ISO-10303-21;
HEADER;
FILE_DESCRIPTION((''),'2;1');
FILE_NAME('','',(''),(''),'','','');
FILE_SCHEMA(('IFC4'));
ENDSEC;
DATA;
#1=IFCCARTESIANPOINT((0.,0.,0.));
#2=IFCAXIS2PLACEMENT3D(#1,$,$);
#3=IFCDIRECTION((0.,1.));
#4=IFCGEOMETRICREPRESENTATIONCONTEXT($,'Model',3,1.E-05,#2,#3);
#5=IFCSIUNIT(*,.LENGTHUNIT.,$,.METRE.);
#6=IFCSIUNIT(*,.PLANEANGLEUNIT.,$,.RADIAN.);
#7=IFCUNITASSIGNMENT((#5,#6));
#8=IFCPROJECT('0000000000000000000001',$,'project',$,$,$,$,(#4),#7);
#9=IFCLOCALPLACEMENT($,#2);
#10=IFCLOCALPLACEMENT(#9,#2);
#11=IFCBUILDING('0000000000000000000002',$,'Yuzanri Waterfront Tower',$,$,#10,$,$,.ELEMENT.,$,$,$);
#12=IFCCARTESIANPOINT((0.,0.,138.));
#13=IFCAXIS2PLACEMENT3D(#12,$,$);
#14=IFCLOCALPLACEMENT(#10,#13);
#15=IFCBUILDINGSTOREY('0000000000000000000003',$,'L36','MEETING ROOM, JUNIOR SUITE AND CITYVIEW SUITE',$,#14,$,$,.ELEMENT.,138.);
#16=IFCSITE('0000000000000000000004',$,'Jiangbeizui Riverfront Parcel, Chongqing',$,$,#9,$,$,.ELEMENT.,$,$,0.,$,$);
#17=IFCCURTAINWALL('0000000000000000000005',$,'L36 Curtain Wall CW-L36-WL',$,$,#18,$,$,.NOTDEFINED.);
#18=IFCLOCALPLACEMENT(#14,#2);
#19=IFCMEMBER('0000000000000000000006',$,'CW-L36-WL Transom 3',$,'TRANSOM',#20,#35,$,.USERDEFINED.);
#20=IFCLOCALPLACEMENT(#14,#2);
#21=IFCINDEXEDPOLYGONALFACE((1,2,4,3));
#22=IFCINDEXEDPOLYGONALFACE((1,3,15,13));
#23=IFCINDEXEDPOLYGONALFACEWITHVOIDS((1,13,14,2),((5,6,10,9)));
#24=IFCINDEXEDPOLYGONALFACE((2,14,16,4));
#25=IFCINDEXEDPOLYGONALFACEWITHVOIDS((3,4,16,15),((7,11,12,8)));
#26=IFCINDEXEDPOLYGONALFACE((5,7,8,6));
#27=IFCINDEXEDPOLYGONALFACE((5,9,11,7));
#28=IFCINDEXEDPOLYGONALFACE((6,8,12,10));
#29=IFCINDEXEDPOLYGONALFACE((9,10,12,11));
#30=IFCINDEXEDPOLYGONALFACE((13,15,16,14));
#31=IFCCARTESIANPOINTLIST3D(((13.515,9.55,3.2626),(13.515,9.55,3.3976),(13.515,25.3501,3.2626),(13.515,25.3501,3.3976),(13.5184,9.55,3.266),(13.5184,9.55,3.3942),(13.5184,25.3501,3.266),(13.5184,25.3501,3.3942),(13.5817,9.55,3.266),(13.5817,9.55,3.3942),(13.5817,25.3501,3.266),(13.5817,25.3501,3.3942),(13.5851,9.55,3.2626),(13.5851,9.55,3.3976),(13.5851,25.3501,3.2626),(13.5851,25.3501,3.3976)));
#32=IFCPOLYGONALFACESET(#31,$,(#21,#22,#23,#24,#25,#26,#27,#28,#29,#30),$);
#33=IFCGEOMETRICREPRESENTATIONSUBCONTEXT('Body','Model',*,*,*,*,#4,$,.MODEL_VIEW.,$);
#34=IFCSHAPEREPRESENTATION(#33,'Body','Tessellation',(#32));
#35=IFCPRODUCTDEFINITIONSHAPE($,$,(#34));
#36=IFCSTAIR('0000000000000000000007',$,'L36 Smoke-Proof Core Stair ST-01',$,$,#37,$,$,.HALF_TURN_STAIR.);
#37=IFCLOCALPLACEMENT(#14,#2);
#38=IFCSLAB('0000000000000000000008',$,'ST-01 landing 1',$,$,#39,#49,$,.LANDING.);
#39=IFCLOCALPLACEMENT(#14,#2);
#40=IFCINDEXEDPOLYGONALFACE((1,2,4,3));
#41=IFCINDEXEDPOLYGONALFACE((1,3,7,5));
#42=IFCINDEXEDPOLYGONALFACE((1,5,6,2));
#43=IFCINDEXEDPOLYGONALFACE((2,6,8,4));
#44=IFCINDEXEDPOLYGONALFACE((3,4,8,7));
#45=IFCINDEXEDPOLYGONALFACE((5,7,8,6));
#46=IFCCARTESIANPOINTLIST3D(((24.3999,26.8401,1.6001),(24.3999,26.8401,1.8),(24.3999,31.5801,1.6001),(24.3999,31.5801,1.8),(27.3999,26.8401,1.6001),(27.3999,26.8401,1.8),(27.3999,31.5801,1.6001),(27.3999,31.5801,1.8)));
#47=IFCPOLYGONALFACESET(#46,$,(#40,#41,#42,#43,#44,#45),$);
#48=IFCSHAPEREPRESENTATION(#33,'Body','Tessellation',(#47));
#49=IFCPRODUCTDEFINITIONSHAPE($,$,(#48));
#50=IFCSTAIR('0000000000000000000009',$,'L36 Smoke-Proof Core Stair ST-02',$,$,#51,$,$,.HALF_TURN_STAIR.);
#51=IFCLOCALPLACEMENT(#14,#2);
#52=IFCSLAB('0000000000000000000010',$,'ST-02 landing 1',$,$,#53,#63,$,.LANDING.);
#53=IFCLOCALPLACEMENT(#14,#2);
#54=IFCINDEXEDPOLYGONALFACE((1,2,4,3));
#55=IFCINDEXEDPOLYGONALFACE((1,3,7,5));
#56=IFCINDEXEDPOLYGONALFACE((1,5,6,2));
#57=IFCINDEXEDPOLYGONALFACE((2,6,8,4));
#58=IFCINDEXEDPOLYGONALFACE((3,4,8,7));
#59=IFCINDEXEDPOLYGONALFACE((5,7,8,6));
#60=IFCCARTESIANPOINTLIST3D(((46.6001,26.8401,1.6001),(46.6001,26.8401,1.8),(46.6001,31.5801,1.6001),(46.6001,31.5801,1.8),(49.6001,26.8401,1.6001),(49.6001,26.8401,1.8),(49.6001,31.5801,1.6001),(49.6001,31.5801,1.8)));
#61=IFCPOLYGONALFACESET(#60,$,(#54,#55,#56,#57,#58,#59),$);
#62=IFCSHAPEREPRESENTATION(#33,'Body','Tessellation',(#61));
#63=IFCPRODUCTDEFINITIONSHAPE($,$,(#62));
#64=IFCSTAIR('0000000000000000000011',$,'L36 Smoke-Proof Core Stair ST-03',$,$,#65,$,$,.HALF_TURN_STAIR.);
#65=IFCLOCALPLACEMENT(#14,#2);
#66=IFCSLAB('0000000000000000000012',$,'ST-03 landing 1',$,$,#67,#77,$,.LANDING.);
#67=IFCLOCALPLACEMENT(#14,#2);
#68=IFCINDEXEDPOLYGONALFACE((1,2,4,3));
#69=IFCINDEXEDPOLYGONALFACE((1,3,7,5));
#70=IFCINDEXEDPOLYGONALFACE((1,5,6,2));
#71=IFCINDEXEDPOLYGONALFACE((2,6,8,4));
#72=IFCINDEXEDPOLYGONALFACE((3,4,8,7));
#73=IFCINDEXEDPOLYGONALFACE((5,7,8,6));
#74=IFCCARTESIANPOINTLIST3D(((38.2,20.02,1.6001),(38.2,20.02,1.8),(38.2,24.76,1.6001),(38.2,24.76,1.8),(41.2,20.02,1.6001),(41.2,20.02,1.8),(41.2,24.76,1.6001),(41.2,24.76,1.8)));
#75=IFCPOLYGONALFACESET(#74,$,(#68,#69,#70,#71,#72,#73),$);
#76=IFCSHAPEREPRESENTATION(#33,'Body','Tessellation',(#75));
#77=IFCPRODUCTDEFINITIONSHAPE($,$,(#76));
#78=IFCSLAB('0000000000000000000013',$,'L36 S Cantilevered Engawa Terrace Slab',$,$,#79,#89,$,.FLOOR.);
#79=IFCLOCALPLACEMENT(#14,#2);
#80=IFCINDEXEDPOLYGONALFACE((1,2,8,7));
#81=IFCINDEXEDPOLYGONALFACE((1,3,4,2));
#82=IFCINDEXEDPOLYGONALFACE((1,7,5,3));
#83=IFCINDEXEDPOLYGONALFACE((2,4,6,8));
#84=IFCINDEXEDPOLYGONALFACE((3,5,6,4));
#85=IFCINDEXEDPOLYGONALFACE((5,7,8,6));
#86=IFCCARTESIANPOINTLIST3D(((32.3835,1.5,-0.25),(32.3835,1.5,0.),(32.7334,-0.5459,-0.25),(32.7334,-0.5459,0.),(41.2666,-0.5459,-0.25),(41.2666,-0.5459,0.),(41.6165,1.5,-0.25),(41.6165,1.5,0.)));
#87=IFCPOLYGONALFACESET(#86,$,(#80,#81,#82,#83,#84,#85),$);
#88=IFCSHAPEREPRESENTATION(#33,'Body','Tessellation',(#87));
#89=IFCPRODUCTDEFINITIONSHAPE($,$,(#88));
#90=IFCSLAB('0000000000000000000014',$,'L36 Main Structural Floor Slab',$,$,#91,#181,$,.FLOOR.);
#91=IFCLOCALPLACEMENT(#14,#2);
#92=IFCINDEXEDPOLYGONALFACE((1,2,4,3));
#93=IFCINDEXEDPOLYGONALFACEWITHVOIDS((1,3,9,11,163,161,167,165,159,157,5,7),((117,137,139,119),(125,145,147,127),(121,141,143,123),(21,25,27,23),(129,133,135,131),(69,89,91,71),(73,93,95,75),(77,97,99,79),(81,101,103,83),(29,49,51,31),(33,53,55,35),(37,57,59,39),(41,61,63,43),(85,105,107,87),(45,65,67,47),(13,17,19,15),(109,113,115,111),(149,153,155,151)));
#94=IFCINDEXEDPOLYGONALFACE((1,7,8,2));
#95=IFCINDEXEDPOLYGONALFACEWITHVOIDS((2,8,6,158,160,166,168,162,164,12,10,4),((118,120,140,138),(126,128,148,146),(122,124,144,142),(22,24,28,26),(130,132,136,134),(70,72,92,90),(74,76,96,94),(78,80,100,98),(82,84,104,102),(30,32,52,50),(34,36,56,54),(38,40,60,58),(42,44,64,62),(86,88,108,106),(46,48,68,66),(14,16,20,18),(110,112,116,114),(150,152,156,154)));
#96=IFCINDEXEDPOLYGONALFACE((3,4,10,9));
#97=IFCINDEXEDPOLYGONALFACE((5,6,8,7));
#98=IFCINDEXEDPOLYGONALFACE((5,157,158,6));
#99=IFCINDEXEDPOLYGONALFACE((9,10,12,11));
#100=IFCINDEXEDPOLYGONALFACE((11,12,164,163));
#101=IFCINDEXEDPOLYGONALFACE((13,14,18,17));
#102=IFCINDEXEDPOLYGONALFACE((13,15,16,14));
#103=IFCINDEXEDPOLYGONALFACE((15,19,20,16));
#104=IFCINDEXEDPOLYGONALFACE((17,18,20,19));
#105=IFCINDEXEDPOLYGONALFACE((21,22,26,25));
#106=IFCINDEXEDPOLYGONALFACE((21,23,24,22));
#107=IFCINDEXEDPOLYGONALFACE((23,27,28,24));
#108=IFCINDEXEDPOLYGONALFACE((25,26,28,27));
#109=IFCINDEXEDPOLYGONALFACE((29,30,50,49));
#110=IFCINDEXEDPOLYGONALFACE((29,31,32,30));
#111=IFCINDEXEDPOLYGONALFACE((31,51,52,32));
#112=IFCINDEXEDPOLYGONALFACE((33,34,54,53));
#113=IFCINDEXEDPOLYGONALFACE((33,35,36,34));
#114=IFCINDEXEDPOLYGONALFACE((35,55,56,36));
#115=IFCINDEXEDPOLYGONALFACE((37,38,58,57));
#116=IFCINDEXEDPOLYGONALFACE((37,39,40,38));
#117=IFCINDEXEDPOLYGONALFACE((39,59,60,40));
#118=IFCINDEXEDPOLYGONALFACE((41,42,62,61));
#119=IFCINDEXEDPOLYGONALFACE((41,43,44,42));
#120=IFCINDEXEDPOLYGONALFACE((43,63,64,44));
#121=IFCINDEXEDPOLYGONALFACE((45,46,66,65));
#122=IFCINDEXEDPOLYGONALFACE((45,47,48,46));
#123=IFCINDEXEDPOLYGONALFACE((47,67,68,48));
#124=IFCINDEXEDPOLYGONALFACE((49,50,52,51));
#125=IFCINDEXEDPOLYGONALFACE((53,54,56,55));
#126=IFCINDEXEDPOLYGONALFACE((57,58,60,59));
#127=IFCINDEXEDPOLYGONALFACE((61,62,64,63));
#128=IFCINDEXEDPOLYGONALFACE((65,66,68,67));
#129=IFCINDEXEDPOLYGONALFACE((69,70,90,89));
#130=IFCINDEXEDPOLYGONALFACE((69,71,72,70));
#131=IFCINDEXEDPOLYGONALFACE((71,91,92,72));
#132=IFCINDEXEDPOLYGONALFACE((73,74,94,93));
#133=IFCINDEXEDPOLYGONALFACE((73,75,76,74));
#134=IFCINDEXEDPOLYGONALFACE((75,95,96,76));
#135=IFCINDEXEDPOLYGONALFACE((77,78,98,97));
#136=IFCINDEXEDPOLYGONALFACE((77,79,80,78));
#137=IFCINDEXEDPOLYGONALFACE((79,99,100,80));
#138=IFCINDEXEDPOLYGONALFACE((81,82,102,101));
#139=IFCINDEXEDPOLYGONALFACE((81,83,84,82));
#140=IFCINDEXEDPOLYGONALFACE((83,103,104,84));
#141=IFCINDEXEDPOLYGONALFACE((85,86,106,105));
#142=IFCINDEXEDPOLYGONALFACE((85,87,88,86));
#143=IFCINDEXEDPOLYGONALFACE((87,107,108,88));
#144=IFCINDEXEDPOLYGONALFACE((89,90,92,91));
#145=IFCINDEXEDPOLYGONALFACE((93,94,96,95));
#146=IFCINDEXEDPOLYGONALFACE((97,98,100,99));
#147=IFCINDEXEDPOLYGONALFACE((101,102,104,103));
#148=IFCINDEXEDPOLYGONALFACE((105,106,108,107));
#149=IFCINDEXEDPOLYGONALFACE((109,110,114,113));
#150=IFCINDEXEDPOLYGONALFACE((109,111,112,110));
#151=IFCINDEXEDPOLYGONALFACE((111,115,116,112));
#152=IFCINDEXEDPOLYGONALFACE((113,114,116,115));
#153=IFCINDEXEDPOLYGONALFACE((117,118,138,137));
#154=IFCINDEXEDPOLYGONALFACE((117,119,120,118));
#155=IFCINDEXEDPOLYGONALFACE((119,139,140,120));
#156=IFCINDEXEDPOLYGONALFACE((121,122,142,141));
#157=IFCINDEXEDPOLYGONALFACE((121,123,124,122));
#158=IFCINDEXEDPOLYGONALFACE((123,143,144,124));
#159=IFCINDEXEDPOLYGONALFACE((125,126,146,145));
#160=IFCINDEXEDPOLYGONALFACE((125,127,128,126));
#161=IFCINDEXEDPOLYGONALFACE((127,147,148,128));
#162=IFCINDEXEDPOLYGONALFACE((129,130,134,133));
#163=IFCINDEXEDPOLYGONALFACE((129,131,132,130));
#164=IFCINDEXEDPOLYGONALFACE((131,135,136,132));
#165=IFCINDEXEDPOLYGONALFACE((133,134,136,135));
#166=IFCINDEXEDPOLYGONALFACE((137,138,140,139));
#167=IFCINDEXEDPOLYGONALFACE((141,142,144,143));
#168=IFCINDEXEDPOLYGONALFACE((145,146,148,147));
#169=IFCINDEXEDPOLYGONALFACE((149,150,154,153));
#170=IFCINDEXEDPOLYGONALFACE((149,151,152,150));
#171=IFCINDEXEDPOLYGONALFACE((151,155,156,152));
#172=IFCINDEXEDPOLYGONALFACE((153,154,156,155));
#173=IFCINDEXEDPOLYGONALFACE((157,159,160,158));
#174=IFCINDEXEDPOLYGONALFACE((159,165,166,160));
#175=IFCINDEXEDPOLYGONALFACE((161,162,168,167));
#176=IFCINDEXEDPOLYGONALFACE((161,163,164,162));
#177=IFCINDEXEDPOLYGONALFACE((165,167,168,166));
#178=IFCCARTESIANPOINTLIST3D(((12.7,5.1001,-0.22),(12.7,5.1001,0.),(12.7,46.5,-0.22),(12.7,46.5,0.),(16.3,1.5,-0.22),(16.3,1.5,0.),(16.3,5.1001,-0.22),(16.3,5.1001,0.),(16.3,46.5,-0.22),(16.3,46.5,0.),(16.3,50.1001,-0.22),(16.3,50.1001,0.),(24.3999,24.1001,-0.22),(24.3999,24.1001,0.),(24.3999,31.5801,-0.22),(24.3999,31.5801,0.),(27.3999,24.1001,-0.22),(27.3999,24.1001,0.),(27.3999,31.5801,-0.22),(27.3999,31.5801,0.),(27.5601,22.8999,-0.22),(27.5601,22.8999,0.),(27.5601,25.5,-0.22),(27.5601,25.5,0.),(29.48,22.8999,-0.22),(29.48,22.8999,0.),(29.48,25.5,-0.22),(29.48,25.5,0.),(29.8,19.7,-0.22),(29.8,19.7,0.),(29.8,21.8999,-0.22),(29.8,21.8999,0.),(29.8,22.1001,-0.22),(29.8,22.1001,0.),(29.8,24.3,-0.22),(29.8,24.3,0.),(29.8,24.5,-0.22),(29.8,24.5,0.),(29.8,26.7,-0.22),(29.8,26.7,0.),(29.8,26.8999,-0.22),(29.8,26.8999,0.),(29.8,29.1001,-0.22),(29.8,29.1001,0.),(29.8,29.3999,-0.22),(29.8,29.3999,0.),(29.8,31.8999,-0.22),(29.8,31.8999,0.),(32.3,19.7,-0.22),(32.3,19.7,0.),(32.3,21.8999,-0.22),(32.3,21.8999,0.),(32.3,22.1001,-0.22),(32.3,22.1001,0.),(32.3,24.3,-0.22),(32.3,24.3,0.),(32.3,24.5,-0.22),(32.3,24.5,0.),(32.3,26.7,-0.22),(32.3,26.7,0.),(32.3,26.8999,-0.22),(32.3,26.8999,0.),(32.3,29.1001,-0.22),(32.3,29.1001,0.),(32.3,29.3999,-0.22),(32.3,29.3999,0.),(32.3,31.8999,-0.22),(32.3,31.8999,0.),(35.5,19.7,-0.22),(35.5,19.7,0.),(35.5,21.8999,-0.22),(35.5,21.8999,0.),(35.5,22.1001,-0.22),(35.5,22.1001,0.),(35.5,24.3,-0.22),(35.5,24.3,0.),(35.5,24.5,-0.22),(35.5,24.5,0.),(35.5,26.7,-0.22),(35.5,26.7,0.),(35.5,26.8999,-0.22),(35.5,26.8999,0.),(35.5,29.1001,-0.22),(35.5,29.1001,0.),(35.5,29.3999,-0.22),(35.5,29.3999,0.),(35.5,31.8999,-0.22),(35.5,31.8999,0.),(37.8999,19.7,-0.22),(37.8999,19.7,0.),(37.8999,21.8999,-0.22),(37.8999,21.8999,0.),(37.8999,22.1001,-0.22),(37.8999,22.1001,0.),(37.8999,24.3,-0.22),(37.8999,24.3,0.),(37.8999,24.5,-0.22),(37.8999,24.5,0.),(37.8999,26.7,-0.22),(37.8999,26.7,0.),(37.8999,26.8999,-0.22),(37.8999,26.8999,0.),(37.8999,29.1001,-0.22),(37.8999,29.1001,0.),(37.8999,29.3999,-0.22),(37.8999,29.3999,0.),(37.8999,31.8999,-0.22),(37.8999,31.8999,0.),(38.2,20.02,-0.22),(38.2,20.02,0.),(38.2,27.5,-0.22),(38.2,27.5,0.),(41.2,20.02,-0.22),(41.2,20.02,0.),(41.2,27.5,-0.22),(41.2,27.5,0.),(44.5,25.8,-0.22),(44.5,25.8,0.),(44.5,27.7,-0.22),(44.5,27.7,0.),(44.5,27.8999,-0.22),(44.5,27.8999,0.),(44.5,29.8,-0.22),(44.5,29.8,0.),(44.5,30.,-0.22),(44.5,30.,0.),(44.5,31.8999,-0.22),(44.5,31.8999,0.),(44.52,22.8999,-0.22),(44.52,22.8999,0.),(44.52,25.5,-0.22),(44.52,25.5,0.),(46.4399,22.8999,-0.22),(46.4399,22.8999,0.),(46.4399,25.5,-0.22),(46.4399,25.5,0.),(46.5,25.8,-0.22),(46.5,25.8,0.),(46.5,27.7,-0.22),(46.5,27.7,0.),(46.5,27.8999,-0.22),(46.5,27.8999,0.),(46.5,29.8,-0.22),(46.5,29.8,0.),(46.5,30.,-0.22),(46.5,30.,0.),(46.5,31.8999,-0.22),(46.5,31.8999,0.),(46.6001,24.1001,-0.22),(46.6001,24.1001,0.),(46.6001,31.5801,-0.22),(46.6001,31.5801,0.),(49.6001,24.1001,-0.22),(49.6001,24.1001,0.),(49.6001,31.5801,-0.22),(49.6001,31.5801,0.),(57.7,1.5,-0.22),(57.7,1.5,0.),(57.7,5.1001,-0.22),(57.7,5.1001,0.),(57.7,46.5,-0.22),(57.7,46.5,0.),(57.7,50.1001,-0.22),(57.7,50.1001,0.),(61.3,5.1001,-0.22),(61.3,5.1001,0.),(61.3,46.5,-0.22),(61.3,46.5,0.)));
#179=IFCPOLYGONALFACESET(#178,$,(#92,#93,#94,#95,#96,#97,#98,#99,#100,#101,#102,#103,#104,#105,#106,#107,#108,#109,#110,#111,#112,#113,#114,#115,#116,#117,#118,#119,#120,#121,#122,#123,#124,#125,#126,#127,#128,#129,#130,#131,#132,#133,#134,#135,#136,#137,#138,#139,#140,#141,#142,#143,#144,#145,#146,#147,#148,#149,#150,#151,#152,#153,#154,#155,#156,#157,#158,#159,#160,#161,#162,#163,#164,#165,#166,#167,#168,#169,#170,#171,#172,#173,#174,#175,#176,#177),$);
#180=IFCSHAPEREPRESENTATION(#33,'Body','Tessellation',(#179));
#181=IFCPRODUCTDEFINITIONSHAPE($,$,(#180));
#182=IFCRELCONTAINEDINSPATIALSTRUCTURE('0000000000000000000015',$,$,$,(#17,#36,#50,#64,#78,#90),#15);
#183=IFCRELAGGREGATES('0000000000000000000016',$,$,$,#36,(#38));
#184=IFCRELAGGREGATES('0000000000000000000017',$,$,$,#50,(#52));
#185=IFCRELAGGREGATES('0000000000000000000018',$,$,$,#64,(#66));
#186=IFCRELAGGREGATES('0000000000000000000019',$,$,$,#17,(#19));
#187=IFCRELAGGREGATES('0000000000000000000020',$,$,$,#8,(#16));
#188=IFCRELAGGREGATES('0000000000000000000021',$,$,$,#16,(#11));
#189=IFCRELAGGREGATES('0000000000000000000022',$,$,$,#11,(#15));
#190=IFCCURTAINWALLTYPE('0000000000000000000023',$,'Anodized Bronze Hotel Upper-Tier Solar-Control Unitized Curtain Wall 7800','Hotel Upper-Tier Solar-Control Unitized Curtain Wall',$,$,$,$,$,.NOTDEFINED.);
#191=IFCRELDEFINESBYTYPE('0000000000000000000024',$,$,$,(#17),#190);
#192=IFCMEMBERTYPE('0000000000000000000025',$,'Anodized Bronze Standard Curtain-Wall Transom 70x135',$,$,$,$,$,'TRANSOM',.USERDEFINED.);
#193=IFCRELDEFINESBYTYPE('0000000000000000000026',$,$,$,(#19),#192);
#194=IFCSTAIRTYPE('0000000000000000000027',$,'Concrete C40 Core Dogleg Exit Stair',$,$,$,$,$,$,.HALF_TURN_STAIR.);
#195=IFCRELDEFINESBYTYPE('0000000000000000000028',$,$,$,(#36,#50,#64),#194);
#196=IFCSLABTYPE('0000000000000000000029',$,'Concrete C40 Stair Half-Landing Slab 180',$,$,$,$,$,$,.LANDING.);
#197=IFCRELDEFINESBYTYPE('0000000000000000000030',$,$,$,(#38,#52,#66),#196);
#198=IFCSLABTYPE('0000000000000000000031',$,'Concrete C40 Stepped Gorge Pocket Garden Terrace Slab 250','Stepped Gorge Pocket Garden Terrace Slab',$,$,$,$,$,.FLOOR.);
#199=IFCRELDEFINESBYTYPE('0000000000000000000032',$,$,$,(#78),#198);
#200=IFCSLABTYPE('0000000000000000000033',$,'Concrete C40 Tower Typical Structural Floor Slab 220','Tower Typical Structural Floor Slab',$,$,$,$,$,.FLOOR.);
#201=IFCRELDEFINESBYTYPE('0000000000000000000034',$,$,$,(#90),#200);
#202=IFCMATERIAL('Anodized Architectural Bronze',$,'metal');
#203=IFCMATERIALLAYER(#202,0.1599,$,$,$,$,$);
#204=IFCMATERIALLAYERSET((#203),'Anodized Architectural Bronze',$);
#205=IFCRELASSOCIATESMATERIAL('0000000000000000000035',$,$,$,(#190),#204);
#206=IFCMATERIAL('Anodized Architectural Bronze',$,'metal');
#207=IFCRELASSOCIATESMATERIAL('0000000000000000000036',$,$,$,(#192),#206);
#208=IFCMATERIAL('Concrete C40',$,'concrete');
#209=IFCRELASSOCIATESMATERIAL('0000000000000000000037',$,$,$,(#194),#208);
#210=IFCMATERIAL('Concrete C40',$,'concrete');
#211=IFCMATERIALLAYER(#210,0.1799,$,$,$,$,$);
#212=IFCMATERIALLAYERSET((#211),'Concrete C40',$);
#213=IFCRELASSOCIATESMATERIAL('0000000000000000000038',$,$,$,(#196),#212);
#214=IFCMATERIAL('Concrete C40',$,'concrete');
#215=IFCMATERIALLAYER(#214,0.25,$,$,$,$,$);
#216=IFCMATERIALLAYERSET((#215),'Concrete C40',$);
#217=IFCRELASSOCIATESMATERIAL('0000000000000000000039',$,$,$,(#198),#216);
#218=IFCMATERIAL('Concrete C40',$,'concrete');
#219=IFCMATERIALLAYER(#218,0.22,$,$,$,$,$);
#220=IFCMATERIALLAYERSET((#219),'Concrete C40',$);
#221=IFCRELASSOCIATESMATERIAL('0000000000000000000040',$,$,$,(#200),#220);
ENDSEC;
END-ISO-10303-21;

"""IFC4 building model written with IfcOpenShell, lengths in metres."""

from ifc_helpers import new_model, si_unit, direction, frame, origin, origin_2d, place, context, subcontext, project, spatial, polyline, hollow_rectangle, outline, extrude, source, transform, mapped, material, layer, layer_set, material_profile, profile_set, type_object, element, aggregate, save


model = new_model("IFC4")

# Units and contexts
model_context = context("Model", 3, precision=1e-05, world=origin(), true_north=direction((0.0, 1.0)))
body_context = subcontext(model_context, "Body", "Model", "MODEL_VIEW")
ifc_project = project(units=[si_unit("LENGTHUNIT", "METRE"), si_unit("PLANEANGLEUNIT", "RADIAN")], contexts=[model_context])

# Site, building, storey
site_placement = place(None, origin())
site = spatial("IfcSite", under=ifc_project, at=site_placement, Name="Jiangbeizui Riverfront Parcel, Chongqing", CompositionType="ELEMENT", RefElevation=0.0)
building_placement = place(site_placement, origin())
building = spatial("IfcBuilding", under=site, at=building_placement, Name="Yuzanri Waterfront Tower", CompositionType="ELEMENT")
storey_placement = place(building_placement, frame((0.0, 0.0, 138.0)))
storey = spatial("IfcBuildingStorey", under=building, at=storey_placement, Name="L36", Description="MEETING ROOM, JUNIOR SUITE AND CITYVIEW SUITE", CompositionType="ELEMENT", Elevation=138.0)

# Curtain wall, member
ifc_material_1 = material(Name="Anodized Architectural Bronze", Category="metal")
ifc_layer_1 = layer(ifc_material_1, 0.1599)
ifc_layer_set_1 = layer_set([ifc_layer_1], Name="Anodized Architectural Bronze")
curtain_wall_type = type_object("IfcCurtainWallType", Name="Anodized Bronze Hotel Upper-Tier Solar-Control Unitized Curtain Wall 7800", Description="Hotel Upper-Tier Solar-Control Unitized Curtain Wall", PredefinedType="NOTDEFINED", material=ifc_layer_set_1)
curtain_wall_placement = place(storey_placement, origin())
curtain_wall = element("IfcCurtainWall", 1, at=curtain_wall_placement, inside=storey, type_object=curtain_wall_type, Name="L36 Curtain Wall CW-L36-WL", PredefinedType="NOTDEFINED")
ifc_material_2 = material(Name="Anodized Architectural Bronze", Category="metal")
ifc_material_profile_1 = material_profile(ifc_material_2, hollow_rectangle(XDim=0.0701, YDim=0.135, WallThickness=0.0034, at=origin_2d()), Name="CWT 70x135")
ifc_profile_set_1 = profile_set([ifc_material_profile_1], Name="Anodized Architectural Bronze")
member_type_1 = type_object("IfcMemberType", Name="Anodized Bronze Standard Curtain-Wall Transom 70x135", ElementType="TRANSOM", PredefinedType="USERDEFINED", material=ifc_profile_set_1)
shared_shape_1 = source(origin(), body_context, "Body", "SweptSolid", [
    extrude(hollow_rectangle(XDim=0.0701, YDim=0.135, WallThickness=0.0034, at=origin_2d()), origin(), (0.0, 0.0, 1.0), 15.8),
])
member_1_placement = place(storey_placement, frame((13.55, 9.55, 3.3301), z_axis=(0.0, 1.0, 0.0), x_axis=(-1.0, 0.0, 0.0)))
member_1 = element("IfcMember", 2, at=member_1_placement, type_object=member_type_1, Name="CW-L36-WL Transom 3", ObjectType="TRANSOM", PredefinedType="USERDEFINED", context=body_context, shape_type="MappedRepresentation", body=[
    mapped(shared_shape_1, transform((0.0, 0.0, 0.0), scale=1.0)),
])

# Stairs, slabs
ifc_material_3 = material(Name="Concrete C40", Category="concrete")
stair_type = type_object("IfcStairType", Name="Concrete C40 Core Dogleg Exit Stair", PredefinedType="HALF_TURN_STAIR", material=ifc_material_3)
stair_1_placement = place(storey_placement, origin())
stair_1 = element("IfcStair", 3, at=stair_1_placement, inside=storey, type_object=stair_type, Name="L36 Smoke-Proof Core Stair ST-01", PredefinedType="HALF_TURN_STAIR")
ifc_material_4 = material(Name="Concrete C40", Category="concrete")
ifc_layer_2 = layer(ifc_material_4, 0.1799)
ifc_layer_set_2 = layer_set([ifc_layer_2], Name="Concrete C40")
slab_type_1 = type_object("IfcSlabType", Name="Concrete C40 Stair Half-Landing Slab 180", PredefinedType="LANDING", material=ifc_layer_set_2)
slab_1_placement = place(storey_placement, frame((0.0, 0.0, 1.6001)))
slab_1 = element("IfcSlab", 4, at=slab_1_placement, type_object=slab_type_1, Name="ST-01 landing 1", PredefinedType="LANDING", context=body_context, shape_type="SweptSolid", body=[
    extrude(outline(polyline([(27.3999, 26.8401), (27.3999, 31.5801), (24.3999, 31.5801), (24.3999, 26.8401), (27.3999, 26.8401)])), origin(), (0.0, 0.0, 1.0), 0.2),
])
aggregate(stair_1, [slab_1])
stair_2_placement = place(storey_placement, origin())
stair_2 = element("IfcStair", 5, at=stair_2_placement, inside=storey, type_object=stair_type, Name="L36 Smoke-Proof Core Stair ST-02", PredefinedType="HALF_TURN_STAIR")
slab_2_placement = place(storey_placement, frame((0.0, 0.0, 1.6001)))
slab_2 = element("IfcSlab", 6, at=slab_2_placement, type_object=slab_type_1, Name="ST-02 landing 1", PredefinedType="LANDING", context=body_context, shape_type="SweptSolid", body=[
    extrude(outline(polyline([(49.6001, 26.8401), (49.6001, 31.5801), (46.6001, 31.5801), (46.6001, 26.8401), (49.6001, 26.8401)])), origin(), (0.0, 0.0, 1.0), 0.2),
])
aggregate(stair_2, [slab_2])
stair_3_placement = place(storey_placement, origin())
stair_3 = element("IfcStair", 7, at=stair_3_placement, inside=storey, type_object=stair_type, Name="L36 Smoke-Proof Core Stair ST-03", PredefinedType="HALF_TURN_STAIR")
slab_3_placement = place(storey_placement, frame((0.0, 0.0, 1.6001)))
slab_3 = element("IfcSlab", 8, at=slab_3_placement, type_object=slab_type_1, Name="ST-03 landing 1", PredefinedType="LANDING", context=body_context, shape_type="SweptSolid", body=[
    extrude(outline(polyline([(38.2, 24.76), (38.2, 20.02), (41.2, 20.02), (41.2, 24.76), (38.2, 24.76)])), origin(), (0.0, 0.0, 1.0), 0.2),
])
aggregate(stair_3, [slab_3])

# Slabs
ifc_material_5 = material(Name="Concrete C40", Category="concrete")
ifc_layer_3 = layer(ifc_material_5, 0.25)
ifc_layer_set_3 = layer_set([ifc_layer_3], Name="Concrete C40")
slab_type_2 = type_object("IfcSlabType", Name="Concrete C40 Stepped Gorge Pocket Garden Terrace Slab 250", Description="Stepped Gorge Pocket Garden Terrace Slab", PredefinedType="FLOOR", material=ifc_layer_set_3)
slab_4_placement = place(storey_placement, frame((0.0, 0.0, -0.25)))
element("IfcSlab", 9, at=slab_4_placement, inside=storey, type_object=slab_type_2, Name="L36 S Cantilevered Engawa Terrace Slab", PredefinedType="FLOOR", context=body_context, shape_type="SweptSolid", body=[
    extrude(outline(polyline([(32.3835, 1.5), (41.6165, 1.5), (41.2666, -0.5459), (32.7334, -0.5459), (32.3835, 1.5)])), origin(), (0.0, 0.0, 1.0), 0.25),
])
ifc_material_6 = material(Name="Concrete C40", Category="concrete")
ifc_layer_4 = layer(ifc_material_6, 0.22)
ifc_layer_set_4 = layer_set([ifc_layer_4], Name="Concrete C40")
slab_type_3 = type_object("IfcSlabType", Name="Concrete C40 Tower Typical Structural Floor Slab 220", Description="Tower Typical Structural Floor Slab", PredefinedType="FLOOR", material=ifc_layer_set_4)
slab_5_placement = place(storey_placement, frame((0.0, 0.0, -0.22)))
element("IfcSlab", 10, at=slab_5_placement, inside=storey, type_object=slab_type_3, Name="L36 Main Structural Floor Slab", PredefinedType="FLOOR", context=body_context, shape_type="SweptSolid", body=[
    extrude(outline(polyline([(16.3, 1.5), (57.7, 1.5), (57.7, 5.1001), (61.3, 5.1001), (61.3, 46.5), (57.7, 46.5), (57.7, 50.1001), (16.3, 50.1001), (16.3, 46.5), (12.7, 46.5), (12.7, 5.1001), (16.3, 5.1001), (16.3, 1.5)]), holes=[polyline([(27.3999, 24.1001), (27.3999, 31.5801), (24.3999, 31.5801), (24.3999, 24.1001), (27.3999, 24.1001)]), polyline([(49.6001, 24.1001), (49.6001, 31.5801), (46.6001, 31.5801), (46.6001, 24.1001), (49.6001, 24.1001)]), polyline([(38.2, 27.5), (38.2, 20.02), (41.2, 20.02), (41.2, 27.5), (38.2, 27.5)]), polyline([(27.5601, 22.8999), (29.48, 22.8999), (29.48, 25.5), (27.5601, 25.5), (27.5601, 22.8999)]), polyline([(44.52, 22.8999), (46.4399, 22.8999), (46.4399, 25.5), (44.52, 25.5), (44.52, 22.8999)]), polyline([(29.8, 19.7), (32.3, 19.7), (32.3, 21.8999), (29.8, 21.8999), (29.8, 19.7)]), polyline([(29.8, 22.1001), (32.3, 22.1001), (32.3, 24.3), (29.8, 24.3), (29.8, 22.1001)]), polyline([(29.8, 24.5), (32.3, 24.5), (32.3, 26.7), (29.8, 26.7), (29.8, 24.5)]), polyline([(29.8, 26.8999), (32.3, 26.8999), (32.3, 29.1001), (29.8, 29.1001), (29.8, 26.8999)]), polyline([(29.8, 29.3999), (32.3, 29.3999), (32.3, 31.8999), (29.8, 31.8999), (29.8, 29.3999)]), polyline([(35.5, 19.7), (37.8999, 19.7), (37.8999, 21.8999), (35.5, 21.8999), (35.5, 19.7)]), polyline([(35.5, 22.1001), (37.8999, 22.1001), (37.8999, 24.3), (35.5, 24.3), (35.5, 22.1001)]), polyline([(35.5, 24.5), (37.8999, 24.5), (37.8999, 26.7), (35.5, 26.7), (35.5, 24.5)]), polyline([(35.5, 26.8999), (37.8999, 26.8999), (37.8999, 29.1001), (35.5, 29.1001), (35.5, 26.8999)]), polyline([(35.5, 29.3999), (37.8999, 29.3999), (37.8999, 31.8999), (35.5, 31.8999), (35.5, 29.3999)]), polyline([(44.5, 25.8), (46.5, 25.8), (46.5, 27.7), (44.5, 27.7), (44.5, 25.8)]), polyline([(44.5, 27.8999), (46.5, 27.8999), (46.5, 29.8), (44.5, 29.8), (44.5, 27.8999)]), polyline([(44.5, 30.0), (46.5, 30.0), (46.5, 31.8999), (44.5, 31.8999), (44.5, 30.0)])]), origin(), (0.0, 0.0, 1.0), 0.22),
])

aggregate(curtain_wall, [member_1])

save(model, "model.ifc")
